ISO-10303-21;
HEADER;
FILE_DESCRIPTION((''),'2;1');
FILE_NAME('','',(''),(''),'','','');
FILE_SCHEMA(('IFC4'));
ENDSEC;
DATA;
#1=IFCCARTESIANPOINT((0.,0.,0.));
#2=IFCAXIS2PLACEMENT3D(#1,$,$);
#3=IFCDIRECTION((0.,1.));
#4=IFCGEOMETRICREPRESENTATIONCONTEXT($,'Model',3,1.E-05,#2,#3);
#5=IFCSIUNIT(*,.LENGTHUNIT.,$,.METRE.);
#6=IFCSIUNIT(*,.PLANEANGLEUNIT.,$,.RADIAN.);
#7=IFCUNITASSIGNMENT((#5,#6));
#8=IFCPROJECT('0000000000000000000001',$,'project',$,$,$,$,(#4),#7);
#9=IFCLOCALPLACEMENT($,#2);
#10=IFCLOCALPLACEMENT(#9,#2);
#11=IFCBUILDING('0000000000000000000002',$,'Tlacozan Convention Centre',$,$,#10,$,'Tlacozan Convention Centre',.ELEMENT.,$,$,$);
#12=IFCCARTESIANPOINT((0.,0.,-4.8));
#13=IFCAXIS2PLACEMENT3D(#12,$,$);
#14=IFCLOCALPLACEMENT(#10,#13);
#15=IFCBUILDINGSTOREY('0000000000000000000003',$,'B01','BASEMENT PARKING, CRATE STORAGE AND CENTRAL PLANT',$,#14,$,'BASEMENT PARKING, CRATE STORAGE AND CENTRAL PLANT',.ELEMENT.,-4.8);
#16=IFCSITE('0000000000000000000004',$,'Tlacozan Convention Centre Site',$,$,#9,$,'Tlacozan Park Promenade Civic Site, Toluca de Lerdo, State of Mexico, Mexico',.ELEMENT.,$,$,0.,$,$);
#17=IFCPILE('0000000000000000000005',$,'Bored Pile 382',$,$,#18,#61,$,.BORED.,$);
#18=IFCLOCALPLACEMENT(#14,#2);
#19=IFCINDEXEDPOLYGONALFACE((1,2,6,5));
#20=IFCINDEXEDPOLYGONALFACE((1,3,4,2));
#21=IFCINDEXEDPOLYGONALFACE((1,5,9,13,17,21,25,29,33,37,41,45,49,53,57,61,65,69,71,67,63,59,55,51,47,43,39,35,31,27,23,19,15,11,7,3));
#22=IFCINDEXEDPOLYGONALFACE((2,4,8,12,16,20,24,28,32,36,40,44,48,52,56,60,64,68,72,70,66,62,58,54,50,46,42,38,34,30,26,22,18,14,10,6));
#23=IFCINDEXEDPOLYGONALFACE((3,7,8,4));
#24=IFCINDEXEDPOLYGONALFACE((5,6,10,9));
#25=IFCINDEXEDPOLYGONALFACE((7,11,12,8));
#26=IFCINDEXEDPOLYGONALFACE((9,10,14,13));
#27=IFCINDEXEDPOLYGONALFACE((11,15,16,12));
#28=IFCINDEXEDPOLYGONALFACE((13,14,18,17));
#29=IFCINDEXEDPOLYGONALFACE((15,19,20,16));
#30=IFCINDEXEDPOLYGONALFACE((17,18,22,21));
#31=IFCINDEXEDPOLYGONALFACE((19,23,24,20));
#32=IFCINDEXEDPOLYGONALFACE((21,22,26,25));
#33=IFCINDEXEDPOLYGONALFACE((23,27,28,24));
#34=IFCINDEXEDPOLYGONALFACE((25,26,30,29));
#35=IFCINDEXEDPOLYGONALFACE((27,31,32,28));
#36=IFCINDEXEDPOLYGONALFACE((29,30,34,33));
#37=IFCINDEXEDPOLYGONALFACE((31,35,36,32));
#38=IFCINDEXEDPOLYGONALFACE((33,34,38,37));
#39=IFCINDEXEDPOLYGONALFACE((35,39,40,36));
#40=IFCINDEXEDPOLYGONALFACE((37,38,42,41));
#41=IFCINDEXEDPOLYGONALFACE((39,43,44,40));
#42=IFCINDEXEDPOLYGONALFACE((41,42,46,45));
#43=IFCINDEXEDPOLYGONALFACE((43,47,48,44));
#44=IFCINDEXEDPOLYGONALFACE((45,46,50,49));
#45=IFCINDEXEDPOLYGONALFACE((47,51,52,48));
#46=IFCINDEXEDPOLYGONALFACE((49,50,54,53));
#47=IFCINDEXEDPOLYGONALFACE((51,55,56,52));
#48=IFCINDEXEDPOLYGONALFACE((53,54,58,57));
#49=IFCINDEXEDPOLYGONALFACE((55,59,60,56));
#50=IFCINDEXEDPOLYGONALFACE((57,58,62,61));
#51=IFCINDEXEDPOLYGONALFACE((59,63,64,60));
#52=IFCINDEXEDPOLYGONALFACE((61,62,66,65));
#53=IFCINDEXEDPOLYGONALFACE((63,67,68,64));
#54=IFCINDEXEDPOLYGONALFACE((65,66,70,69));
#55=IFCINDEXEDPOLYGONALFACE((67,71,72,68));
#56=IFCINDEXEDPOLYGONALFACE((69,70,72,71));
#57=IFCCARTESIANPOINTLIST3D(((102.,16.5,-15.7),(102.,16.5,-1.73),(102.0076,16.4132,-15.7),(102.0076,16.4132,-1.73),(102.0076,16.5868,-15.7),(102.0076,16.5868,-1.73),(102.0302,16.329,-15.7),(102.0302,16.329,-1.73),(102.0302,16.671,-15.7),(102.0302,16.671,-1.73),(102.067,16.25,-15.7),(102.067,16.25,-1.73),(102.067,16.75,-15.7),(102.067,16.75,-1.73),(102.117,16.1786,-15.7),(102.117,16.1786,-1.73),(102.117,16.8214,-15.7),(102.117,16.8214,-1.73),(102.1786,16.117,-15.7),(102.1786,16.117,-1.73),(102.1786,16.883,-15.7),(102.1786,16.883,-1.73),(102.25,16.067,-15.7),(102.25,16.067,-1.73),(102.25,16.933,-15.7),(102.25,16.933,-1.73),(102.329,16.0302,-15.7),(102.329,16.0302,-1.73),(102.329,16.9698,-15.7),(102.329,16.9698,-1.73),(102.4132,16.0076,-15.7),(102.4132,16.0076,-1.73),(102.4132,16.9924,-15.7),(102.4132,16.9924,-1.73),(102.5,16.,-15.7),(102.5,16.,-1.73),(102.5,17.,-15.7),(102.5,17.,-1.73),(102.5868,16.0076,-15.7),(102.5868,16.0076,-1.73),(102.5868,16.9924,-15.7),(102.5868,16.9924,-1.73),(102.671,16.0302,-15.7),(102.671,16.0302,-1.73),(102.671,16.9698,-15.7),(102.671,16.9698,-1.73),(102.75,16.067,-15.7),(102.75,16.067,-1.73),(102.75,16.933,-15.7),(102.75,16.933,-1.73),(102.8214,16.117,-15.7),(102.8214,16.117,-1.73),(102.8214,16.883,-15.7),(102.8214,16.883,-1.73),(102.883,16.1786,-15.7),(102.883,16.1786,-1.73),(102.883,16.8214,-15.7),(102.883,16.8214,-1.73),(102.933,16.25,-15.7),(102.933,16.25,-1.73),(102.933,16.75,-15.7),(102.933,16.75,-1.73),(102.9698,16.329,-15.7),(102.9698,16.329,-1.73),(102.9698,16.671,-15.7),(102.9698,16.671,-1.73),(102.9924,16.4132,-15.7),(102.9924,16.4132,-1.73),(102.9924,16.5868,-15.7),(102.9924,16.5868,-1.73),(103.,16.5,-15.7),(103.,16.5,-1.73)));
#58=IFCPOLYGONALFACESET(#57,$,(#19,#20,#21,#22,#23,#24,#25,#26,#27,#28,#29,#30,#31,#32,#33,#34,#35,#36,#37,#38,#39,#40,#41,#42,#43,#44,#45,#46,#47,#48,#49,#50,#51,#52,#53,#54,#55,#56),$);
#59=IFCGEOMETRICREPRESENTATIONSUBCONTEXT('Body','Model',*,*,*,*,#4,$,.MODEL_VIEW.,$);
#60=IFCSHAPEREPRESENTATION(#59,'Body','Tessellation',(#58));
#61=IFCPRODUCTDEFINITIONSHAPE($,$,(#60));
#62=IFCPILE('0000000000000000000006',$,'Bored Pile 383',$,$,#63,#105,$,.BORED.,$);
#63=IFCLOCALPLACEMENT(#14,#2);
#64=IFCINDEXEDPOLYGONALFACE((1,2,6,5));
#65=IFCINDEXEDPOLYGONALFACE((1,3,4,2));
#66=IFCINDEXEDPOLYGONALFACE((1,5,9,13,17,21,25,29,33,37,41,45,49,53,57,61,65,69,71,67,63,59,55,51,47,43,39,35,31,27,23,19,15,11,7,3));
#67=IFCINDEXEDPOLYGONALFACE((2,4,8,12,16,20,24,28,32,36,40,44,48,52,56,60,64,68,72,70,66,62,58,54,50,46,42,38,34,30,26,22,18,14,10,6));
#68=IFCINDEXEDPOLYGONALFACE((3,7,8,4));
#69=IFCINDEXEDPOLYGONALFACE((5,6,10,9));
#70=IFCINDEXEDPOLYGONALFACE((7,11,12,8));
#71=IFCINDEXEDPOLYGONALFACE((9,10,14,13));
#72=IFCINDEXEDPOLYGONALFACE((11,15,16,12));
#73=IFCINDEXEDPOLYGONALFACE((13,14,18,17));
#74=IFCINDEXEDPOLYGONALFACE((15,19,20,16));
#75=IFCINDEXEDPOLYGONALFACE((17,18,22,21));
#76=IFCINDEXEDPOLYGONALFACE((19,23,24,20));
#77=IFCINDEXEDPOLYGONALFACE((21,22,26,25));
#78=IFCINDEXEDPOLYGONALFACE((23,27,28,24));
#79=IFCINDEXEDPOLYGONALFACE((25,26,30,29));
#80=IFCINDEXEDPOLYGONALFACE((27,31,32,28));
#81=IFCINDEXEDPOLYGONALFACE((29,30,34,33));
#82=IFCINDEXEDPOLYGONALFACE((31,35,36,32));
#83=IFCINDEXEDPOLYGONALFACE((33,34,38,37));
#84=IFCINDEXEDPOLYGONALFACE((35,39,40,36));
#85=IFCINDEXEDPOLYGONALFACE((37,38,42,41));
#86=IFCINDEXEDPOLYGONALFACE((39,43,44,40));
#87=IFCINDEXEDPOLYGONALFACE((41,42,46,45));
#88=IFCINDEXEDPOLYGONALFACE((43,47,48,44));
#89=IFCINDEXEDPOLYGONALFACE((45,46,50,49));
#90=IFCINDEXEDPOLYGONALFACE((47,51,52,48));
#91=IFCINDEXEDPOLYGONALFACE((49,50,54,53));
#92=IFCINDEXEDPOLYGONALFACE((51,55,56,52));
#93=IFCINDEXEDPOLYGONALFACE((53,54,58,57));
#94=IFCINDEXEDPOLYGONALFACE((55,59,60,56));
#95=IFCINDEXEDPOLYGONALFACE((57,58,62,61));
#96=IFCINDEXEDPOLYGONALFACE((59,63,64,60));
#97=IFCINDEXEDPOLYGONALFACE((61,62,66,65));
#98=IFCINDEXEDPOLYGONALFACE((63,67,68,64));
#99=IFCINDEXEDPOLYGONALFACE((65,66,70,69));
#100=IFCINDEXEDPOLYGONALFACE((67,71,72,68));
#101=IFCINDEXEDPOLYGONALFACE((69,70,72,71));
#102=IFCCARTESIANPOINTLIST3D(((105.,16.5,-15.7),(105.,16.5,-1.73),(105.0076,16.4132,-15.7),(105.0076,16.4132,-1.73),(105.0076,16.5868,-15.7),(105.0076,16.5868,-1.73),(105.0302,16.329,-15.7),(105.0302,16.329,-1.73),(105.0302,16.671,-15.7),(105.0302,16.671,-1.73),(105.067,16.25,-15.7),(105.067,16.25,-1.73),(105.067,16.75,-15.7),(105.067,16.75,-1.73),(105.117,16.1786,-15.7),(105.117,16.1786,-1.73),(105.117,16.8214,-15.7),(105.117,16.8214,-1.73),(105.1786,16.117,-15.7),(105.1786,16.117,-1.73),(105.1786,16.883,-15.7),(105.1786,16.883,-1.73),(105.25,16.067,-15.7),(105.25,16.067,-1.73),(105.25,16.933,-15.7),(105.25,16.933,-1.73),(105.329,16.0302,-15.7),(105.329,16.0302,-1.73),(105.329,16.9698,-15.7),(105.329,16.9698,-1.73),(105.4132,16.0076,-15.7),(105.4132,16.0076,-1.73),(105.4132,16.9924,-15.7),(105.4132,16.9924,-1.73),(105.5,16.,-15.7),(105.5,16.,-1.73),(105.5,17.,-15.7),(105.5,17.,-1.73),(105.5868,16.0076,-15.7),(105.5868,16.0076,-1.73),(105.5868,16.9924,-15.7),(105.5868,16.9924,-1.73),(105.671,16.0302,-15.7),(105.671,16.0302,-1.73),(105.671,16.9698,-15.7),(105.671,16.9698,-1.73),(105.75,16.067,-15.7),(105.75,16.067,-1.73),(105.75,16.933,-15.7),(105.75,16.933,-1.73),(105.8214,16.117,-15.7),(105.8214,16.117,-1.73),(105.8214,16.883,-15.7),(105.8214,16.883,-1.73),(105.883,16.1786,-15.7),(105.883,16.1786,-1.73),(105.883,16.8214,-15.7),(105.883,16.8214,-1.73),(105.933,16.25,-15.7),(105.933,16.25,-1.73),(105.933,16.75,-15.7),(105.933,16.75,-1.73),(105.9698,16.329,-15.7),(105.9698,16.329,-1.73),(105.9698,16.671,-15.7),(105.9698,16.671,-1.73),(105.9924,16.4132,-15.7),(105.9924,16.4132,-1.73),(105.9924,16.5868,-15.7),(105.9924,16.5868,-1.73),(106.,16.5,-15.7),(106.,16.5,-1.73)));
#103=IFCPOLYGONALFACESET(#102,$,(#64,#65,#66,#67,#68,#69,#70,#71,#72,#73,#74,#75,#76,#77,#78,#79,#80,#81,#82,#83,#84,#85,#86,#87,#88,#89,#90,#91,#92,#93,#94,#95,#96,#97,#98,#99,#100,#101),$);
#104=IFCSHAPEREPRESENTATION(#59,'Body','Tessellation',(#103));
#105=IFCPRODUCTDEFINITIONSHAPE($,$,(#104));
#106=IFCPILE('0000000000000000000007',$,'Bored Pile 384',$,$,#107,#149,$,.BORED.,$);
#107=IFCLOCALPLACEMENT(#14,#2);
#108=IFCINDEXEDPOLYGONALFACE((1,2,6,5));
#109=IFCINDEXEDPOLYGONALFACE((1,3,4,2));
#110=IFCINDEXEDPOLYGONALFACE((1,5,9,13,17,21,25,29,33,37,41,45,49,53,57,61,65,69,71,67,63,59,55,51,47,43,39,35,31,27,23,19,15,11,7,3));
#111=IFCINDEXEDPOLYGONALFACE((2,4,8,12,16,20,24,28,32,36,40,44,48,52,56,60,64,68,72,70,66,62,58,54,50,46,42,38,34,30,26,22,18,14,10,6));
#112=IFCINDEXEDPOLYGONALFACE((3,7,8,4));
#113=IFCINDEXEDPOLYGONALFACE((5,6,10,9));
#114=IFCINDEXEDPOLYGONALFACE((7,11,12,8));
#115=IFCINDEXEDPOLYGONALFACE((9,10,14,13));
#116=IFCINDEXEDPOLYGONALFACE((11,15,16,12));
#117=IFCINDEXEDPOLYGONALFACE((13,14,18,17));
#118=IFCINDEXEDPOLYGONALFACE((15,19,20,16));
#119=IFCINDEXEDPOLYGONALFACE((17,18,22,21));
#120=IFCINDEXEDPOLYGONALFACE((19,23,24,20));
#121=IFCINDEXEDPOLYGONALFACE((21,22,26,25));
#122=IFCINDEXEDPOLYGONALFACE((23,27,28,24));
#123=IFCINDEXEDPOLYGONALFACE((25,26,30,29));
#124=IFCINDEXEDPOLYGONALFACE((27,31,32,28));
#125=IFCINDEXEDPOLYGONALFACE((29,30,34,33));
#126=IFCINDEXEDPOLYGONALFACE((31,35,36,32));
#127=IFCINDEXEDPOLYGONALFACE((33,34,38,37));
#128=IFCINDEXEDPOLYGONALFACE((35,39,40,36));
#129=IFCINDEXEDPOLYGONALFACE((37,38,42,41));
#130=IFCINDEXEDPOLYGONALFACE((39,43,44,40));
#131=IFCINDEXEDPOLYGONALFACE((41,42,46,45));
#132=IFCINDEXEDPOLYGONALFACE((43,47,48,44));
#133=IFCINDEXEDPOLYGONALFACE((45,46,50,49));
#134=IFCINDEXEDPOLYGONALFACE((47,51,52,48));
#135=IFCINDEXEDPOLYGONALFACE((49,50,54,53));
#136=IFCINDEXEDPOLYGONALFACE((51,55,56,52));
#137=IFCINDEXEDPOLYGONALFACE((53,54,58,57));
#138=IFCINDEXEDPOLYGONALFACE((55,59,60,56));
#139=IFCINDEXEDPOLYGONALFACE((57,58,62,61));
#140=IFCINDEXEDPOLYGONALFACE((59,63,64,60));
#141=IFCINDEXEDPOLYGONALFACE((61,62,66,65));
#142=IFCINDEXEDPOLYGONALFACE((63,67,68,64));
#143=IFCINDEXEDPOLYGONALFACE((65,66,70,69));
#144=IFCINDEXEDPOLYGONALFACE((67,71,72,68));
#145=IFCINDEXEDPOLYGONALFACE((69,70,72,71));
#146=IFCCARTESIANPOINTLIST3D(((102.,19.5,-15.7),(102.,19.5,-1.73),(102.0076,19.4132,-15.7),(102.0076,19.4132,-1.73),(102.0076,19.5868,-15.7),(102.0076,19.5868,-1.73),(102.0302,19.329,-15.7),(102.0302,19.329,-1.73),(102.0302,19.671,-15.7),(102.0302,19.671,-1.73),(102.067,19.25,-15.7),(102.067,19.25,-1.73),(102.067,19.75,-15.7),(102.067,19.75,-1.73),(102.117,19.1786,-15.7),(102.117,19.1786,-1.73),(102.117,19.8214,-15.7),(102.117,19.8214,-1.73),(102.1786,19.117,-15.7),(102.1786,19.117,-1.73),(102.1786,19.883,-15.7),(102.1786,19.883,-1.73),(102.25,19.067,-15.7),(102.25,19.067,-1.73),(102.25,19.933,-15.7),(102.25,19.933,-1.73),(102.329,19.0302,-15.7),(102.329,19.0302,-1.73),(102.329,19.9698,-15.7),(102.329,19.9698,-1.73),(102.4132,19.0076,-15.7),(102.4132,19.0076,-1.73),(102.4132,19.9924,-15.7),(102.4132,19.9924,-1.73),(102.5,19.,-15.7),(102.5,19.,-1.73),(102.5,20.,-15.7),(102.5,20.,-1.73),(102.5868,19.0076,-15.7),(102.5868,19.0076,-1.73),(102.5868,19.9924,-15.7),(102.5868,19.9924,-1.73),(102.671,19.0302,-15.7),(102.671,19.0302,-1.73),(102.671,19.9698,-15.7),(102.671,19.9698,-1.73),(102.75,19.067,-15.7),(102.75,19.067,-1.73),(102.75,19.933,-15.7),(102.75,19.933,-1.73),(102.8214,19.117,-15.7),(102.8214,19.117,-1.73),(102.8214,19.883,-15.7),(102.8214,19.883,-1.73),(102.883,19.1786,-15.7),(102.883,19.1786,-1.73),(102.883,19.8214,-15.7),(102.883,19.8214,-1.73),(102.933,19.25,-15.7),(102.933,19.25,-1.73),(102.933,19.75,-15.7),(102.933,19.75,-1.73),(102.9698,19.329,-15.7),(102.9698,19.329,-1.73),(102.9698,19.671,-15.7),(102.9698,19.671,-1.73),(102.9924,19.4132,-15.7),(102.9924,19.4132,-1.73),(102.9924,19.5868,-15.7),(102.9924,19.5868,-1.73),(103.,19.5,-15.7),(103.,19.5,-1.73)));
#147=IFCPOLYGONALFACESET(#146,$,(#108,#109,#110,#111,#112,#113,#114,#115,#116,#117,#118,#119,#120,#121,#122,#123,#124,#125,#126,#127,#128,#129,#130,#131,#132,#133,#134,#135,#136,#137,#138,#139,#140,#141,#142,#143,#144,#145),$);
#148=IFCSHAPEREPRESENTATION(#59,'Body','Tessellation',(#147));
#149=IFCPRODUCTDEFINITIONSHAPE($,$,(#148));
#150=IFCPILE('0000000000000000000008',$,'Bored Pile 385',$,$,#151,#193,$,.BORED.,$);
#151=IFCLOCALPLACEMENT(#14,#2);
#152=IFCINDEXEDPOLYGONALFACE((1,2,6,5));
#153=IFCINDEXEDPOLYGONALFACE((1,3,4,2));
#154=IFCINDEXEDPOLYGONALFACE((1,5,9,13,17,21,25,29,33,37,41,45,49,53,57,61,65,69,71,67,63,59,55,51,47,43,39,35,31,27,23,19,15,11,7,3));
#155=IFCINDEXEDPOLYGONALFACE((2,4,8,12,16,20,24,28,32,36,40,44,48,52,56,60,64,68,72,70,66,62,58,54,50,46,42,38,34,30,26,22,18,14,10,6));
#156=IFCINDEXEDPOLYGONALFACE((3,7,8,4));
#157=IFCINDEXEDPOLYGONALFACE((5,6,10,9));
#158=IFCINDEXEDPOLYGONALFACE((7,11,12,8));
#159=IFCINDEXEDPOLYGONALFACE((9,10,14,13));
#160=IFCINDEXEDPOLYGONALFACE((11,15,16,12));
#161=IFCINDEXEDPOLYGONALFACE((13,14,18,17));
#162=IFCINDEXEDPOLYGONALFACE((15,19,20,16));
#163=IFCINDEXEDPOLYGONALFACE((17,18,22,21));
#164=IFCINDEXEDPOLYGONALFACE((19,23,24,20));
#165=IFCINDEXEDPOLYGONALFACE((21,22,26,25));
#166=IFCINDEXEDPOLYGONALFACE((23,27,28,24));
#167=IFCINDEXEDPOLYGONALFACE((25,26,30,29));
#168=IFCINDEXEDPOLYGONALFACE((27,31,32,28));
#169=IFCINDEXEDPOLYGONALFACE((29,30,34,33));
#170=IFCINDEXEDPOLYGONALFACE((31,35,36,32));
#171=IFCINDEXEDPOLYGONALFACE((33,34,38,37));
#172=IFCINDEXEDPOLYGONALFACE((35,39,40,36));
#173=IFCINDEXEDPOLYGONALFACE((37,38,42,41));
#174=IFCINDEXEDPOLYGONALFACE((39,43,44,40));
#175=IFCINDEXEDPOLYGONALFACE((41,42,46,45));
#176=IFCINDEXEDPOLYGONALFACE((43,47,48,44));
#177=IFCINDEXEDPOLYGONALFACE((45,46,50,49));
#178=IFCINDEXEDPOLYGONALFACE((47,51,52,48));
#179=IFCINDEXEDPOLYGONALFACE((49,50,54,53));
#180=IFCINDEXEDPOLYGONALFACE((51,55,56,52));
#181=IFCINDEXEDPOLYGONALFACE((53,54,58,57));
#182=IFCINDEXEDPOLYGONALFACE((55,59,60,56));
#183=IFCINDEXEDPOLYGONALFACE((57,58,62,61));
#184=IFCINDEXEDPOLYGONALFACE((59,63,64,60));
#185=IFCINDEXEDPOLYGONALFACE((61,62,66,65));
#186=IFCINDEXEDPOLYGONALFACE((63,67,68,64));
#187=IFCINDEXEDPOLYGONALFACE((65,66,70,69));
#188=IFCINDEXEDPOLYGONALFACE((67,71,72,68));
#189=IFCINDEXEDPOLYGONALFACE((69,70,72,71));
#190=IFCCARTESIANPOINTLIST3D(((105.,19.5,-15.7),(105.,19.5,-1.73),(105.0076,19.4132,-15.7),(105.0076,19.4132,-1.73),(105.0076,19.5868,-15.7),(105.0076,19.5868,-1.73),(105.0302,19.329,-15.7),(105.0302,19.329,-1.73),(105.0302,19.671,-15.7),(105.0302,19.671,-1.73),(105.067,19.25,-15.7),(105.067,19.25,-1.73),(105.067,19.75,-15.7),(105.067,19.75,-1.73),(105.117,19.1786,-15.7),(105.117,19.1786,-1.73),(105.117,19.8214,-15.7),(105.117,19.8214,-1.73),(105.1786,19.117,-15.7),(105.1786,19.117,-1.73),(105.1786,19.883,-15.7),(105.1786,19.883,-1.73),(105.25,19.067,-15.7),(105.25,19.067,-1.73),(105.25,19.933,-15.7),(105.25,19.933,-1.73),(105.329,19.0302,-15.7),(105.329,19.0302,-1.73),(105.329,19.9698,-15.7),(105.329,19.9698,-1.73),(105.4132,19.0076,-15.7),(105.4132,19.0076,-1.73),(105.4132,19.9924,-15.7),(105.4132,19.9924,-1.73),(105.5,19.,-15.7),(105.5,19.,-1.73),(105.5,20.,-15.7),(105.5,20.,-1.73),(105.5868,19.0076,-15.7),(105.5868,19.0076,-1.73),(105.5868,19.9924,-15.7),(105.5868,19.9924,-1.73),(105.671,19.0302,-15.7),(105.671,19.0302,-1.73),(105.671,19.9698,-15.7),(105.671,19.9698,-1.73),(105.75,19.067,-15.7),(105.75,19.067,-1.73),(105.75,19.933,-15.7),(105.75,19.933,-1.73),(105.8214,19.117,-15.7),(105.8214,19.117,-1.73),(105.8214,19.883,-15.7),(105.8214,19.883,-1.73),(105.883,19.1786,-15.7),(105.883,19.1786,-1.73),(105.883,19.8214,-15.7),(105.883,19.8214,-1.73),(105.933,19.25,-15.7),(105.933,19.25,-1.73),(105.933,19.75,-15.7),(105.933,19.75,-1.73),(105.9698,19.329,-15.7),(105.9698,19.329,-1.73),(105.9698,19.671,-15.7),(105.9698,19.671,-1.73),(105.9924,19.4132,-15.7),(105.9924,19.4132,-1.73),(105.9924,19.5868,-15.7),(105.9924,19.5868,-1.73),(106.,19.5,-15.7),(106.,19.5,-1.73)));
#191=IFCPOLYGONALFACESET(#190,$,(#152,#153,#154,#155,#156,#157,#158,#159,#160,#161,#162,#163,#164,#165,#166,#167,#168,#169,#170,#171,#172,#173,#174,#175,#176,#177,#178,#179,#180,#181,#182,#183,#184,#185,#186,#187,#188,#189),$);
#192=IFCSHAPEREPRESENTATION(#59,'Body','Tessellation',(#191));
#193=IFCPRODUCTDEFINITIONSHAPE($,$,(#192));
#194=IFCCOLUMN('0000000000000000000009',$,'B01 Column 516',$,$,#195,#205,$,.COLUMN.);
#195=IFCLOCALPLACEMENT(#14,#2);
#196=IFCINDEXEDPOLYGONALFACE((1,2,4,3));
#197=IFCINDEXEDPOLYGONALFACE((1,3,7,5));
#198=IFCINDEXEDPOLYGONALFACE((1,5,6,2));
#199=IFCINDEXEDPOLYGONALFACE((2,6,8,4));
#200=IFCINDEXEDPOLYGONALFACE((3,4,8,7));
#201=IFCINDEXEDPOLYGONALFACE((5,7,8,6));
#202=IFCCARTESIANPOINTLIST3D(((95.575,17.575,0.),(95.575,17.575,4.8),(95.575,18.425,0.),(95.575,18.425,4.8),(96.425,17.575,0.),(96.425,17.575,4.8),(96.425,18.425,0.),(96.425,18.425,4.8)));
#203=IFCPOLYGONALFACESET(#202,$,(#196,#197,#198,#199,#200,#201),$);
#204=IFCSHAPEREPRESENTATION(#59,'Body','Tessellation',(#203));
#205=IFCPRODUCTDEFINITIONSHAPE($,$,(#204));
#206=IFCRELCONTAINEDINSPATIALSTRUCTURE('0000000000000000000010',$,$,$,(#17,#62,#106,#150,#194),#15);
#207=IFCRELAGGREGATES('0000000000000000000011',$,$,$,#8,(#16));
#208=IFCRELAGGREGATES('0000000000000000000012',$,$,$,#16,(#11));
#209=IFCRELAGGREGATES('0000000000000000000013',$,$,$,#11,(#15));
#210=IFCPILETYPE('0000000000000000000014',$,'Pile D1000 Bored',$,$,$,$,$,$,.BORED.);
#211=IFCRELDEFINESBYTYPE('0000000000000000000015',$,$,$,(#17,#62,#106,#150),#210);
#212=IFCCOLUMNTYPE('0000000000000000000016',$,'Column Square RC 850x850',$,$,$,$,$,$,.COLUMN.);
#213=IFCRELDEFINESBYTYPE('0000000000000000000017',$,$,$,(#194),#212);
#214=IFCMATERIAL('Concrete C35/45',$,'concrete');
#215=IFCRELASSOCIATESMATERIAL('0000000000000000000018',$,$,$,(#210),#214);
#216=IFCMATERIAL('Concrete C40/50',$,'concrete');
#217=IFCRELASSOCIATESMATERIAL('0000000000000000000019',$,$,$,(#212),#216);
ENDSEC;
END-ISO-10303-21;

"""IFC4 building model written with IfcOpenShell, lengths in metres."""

from ifc_helpers import new_model, si_unit, direction, frame, origin, origin_2d, place, context, subcontext, project, spatial, rectangle, circle, extrude, material, material_profile, profile_set, type_object, element, save


model = new_model("IFC4")

# Units and contexts
model_context = context("Model", 3, precision=1e-05, world=origin(), true_north=direction((0.0, 1.0)))
body_context = subcontext(model_context, "Body", "Model", "MODEL_VIEW")
ifc_project = project(units=[si_unit("LENGTHUNIT", "METRE"), si_unit("PLANEANGLEUNIT", "RADIAN")], contexts=[model_context])

# Site, building, storey
site_placement = place(None, origin())
site = spatial("IfcSite", under=ifc_project, at=site_placement, Name="Tlacozan Convention Centre Site", LongName="Tlacozan Park Promenade Civic Site, Toluca de Lerdo, State of Mexico, Mexico", CompositionType="ELEMENT", RefElevation=0.0)
building_placement = place(site_placement, origin())
building = spatial("IfcBuilding", under=site, at=building_placement, Name="Tlacozan Convention Centre", LongName="Tlacozan Convention Centre", CompositionType="ELEMENT")
storey_placement = place(building_placement, frame((0.0, 0.0, -4.8)))
storey = spatial("IfcBuildingStorey", under=building, at=storey_placement, Name="B01", Description="BASEMENT PARKING, CRATE STORAGE AND CENTRAL PLANT", LongName="BASEMENT PARKING, CRATE STORAGE AND CENTRAL PLANT", CompositionType="ELEMENT", Elevation=-4.8)

# Shared definitions
ifc_material_1 = material(Name="Concrete C35/45", Category="concrete")

# Piles
ifc_material_profile_1 = material_profile(ifc_material_1, circle(Radius=0.5, at=origin_2d()), Name="PILE D1000")
ifc_profile_set_1 = profile_set([ifc_material_profile_1], Name="Concrete C35/45")
pile_type = type_object("IfcPileType", Name="Pile D1000 Bored", PredefinedType="BORED", material=ifc_profile_set_1)
for number, where, z_axis, x_axis, name in (
    (1, (102.5, 16.5, -1.73), (0.0, 0.0, -1.0), (1.0, 0.0, 0.0), "Bored Pile 382"),
    (2, (105.5, 16.5, -1.73), (0.0, 0.0, -1.0), (1.0, 0.0, 0.0), "Bored Pile 383"),
    (3, (102.5, 19.5, -1.73), (0.0, 0.0, -1.0), (1.0, 0.0, 0.0), "Bored Pile 384"),
    (4, (105.5, 19.5, -1.73), (0.0, 0.0, -1.0), (1.0, 0.0, 0.0), "Bored Pile 385"),
):
    element("IfcPile", number, at=place(storey_placement, frame(where, z_axis=z_axis, x_axis=x_axis)), inside=storey, type_object=pile_type, Name=name, PredefinedType="BORED", context=body_context, shape_type="SweptSolid", body=[
        extrude(circle(Radius=0.5, at=origin_2d()), origin(), (0.0, 0.0, 1.0), 13.97),
    ])

# Column
ifc_material_2 = material(Name="Concrete C40/50", Category="concrete")
ifc_material_profile_2 = material_profile(ifc_material_2, rectangle(XDim=0.8501, YDim=0.8501, at=origin_2d()), Name="RC 850x850")
ifc_profile_set_2 = profile_set([ifc_material_profile_2], Name="Concrete C40/50")
column_type = type_object("IfcColumnType", Name="Column Square RC 850x850", PredefinedType="COLUMN", material=ifc_profile_set_2)
for number, where, z_axis, x_axis, name in (
    (5, (96.0, 18.0, 0.0), (0.0, 0.0, 1.0), (1.0, 0.0, 0.0), "B01 Column 516"),
):
    element("IfcColumn", number, at=place(storey_placement, frame(where, z_axis=z_axis, x_axis=x_axis)), inside=storey, type_object=column_type, Name=name, PredefinedType="COLUMN", context=body_context, shape_type="SweptSolid", body=[
        extrude(rectangle(XDim=0.8501, YDim=0.8501, at=origin_2d()), origin(), (0.0, 0.0, 1.0), 4.8),
    ])

save(model, "model.ifc")
